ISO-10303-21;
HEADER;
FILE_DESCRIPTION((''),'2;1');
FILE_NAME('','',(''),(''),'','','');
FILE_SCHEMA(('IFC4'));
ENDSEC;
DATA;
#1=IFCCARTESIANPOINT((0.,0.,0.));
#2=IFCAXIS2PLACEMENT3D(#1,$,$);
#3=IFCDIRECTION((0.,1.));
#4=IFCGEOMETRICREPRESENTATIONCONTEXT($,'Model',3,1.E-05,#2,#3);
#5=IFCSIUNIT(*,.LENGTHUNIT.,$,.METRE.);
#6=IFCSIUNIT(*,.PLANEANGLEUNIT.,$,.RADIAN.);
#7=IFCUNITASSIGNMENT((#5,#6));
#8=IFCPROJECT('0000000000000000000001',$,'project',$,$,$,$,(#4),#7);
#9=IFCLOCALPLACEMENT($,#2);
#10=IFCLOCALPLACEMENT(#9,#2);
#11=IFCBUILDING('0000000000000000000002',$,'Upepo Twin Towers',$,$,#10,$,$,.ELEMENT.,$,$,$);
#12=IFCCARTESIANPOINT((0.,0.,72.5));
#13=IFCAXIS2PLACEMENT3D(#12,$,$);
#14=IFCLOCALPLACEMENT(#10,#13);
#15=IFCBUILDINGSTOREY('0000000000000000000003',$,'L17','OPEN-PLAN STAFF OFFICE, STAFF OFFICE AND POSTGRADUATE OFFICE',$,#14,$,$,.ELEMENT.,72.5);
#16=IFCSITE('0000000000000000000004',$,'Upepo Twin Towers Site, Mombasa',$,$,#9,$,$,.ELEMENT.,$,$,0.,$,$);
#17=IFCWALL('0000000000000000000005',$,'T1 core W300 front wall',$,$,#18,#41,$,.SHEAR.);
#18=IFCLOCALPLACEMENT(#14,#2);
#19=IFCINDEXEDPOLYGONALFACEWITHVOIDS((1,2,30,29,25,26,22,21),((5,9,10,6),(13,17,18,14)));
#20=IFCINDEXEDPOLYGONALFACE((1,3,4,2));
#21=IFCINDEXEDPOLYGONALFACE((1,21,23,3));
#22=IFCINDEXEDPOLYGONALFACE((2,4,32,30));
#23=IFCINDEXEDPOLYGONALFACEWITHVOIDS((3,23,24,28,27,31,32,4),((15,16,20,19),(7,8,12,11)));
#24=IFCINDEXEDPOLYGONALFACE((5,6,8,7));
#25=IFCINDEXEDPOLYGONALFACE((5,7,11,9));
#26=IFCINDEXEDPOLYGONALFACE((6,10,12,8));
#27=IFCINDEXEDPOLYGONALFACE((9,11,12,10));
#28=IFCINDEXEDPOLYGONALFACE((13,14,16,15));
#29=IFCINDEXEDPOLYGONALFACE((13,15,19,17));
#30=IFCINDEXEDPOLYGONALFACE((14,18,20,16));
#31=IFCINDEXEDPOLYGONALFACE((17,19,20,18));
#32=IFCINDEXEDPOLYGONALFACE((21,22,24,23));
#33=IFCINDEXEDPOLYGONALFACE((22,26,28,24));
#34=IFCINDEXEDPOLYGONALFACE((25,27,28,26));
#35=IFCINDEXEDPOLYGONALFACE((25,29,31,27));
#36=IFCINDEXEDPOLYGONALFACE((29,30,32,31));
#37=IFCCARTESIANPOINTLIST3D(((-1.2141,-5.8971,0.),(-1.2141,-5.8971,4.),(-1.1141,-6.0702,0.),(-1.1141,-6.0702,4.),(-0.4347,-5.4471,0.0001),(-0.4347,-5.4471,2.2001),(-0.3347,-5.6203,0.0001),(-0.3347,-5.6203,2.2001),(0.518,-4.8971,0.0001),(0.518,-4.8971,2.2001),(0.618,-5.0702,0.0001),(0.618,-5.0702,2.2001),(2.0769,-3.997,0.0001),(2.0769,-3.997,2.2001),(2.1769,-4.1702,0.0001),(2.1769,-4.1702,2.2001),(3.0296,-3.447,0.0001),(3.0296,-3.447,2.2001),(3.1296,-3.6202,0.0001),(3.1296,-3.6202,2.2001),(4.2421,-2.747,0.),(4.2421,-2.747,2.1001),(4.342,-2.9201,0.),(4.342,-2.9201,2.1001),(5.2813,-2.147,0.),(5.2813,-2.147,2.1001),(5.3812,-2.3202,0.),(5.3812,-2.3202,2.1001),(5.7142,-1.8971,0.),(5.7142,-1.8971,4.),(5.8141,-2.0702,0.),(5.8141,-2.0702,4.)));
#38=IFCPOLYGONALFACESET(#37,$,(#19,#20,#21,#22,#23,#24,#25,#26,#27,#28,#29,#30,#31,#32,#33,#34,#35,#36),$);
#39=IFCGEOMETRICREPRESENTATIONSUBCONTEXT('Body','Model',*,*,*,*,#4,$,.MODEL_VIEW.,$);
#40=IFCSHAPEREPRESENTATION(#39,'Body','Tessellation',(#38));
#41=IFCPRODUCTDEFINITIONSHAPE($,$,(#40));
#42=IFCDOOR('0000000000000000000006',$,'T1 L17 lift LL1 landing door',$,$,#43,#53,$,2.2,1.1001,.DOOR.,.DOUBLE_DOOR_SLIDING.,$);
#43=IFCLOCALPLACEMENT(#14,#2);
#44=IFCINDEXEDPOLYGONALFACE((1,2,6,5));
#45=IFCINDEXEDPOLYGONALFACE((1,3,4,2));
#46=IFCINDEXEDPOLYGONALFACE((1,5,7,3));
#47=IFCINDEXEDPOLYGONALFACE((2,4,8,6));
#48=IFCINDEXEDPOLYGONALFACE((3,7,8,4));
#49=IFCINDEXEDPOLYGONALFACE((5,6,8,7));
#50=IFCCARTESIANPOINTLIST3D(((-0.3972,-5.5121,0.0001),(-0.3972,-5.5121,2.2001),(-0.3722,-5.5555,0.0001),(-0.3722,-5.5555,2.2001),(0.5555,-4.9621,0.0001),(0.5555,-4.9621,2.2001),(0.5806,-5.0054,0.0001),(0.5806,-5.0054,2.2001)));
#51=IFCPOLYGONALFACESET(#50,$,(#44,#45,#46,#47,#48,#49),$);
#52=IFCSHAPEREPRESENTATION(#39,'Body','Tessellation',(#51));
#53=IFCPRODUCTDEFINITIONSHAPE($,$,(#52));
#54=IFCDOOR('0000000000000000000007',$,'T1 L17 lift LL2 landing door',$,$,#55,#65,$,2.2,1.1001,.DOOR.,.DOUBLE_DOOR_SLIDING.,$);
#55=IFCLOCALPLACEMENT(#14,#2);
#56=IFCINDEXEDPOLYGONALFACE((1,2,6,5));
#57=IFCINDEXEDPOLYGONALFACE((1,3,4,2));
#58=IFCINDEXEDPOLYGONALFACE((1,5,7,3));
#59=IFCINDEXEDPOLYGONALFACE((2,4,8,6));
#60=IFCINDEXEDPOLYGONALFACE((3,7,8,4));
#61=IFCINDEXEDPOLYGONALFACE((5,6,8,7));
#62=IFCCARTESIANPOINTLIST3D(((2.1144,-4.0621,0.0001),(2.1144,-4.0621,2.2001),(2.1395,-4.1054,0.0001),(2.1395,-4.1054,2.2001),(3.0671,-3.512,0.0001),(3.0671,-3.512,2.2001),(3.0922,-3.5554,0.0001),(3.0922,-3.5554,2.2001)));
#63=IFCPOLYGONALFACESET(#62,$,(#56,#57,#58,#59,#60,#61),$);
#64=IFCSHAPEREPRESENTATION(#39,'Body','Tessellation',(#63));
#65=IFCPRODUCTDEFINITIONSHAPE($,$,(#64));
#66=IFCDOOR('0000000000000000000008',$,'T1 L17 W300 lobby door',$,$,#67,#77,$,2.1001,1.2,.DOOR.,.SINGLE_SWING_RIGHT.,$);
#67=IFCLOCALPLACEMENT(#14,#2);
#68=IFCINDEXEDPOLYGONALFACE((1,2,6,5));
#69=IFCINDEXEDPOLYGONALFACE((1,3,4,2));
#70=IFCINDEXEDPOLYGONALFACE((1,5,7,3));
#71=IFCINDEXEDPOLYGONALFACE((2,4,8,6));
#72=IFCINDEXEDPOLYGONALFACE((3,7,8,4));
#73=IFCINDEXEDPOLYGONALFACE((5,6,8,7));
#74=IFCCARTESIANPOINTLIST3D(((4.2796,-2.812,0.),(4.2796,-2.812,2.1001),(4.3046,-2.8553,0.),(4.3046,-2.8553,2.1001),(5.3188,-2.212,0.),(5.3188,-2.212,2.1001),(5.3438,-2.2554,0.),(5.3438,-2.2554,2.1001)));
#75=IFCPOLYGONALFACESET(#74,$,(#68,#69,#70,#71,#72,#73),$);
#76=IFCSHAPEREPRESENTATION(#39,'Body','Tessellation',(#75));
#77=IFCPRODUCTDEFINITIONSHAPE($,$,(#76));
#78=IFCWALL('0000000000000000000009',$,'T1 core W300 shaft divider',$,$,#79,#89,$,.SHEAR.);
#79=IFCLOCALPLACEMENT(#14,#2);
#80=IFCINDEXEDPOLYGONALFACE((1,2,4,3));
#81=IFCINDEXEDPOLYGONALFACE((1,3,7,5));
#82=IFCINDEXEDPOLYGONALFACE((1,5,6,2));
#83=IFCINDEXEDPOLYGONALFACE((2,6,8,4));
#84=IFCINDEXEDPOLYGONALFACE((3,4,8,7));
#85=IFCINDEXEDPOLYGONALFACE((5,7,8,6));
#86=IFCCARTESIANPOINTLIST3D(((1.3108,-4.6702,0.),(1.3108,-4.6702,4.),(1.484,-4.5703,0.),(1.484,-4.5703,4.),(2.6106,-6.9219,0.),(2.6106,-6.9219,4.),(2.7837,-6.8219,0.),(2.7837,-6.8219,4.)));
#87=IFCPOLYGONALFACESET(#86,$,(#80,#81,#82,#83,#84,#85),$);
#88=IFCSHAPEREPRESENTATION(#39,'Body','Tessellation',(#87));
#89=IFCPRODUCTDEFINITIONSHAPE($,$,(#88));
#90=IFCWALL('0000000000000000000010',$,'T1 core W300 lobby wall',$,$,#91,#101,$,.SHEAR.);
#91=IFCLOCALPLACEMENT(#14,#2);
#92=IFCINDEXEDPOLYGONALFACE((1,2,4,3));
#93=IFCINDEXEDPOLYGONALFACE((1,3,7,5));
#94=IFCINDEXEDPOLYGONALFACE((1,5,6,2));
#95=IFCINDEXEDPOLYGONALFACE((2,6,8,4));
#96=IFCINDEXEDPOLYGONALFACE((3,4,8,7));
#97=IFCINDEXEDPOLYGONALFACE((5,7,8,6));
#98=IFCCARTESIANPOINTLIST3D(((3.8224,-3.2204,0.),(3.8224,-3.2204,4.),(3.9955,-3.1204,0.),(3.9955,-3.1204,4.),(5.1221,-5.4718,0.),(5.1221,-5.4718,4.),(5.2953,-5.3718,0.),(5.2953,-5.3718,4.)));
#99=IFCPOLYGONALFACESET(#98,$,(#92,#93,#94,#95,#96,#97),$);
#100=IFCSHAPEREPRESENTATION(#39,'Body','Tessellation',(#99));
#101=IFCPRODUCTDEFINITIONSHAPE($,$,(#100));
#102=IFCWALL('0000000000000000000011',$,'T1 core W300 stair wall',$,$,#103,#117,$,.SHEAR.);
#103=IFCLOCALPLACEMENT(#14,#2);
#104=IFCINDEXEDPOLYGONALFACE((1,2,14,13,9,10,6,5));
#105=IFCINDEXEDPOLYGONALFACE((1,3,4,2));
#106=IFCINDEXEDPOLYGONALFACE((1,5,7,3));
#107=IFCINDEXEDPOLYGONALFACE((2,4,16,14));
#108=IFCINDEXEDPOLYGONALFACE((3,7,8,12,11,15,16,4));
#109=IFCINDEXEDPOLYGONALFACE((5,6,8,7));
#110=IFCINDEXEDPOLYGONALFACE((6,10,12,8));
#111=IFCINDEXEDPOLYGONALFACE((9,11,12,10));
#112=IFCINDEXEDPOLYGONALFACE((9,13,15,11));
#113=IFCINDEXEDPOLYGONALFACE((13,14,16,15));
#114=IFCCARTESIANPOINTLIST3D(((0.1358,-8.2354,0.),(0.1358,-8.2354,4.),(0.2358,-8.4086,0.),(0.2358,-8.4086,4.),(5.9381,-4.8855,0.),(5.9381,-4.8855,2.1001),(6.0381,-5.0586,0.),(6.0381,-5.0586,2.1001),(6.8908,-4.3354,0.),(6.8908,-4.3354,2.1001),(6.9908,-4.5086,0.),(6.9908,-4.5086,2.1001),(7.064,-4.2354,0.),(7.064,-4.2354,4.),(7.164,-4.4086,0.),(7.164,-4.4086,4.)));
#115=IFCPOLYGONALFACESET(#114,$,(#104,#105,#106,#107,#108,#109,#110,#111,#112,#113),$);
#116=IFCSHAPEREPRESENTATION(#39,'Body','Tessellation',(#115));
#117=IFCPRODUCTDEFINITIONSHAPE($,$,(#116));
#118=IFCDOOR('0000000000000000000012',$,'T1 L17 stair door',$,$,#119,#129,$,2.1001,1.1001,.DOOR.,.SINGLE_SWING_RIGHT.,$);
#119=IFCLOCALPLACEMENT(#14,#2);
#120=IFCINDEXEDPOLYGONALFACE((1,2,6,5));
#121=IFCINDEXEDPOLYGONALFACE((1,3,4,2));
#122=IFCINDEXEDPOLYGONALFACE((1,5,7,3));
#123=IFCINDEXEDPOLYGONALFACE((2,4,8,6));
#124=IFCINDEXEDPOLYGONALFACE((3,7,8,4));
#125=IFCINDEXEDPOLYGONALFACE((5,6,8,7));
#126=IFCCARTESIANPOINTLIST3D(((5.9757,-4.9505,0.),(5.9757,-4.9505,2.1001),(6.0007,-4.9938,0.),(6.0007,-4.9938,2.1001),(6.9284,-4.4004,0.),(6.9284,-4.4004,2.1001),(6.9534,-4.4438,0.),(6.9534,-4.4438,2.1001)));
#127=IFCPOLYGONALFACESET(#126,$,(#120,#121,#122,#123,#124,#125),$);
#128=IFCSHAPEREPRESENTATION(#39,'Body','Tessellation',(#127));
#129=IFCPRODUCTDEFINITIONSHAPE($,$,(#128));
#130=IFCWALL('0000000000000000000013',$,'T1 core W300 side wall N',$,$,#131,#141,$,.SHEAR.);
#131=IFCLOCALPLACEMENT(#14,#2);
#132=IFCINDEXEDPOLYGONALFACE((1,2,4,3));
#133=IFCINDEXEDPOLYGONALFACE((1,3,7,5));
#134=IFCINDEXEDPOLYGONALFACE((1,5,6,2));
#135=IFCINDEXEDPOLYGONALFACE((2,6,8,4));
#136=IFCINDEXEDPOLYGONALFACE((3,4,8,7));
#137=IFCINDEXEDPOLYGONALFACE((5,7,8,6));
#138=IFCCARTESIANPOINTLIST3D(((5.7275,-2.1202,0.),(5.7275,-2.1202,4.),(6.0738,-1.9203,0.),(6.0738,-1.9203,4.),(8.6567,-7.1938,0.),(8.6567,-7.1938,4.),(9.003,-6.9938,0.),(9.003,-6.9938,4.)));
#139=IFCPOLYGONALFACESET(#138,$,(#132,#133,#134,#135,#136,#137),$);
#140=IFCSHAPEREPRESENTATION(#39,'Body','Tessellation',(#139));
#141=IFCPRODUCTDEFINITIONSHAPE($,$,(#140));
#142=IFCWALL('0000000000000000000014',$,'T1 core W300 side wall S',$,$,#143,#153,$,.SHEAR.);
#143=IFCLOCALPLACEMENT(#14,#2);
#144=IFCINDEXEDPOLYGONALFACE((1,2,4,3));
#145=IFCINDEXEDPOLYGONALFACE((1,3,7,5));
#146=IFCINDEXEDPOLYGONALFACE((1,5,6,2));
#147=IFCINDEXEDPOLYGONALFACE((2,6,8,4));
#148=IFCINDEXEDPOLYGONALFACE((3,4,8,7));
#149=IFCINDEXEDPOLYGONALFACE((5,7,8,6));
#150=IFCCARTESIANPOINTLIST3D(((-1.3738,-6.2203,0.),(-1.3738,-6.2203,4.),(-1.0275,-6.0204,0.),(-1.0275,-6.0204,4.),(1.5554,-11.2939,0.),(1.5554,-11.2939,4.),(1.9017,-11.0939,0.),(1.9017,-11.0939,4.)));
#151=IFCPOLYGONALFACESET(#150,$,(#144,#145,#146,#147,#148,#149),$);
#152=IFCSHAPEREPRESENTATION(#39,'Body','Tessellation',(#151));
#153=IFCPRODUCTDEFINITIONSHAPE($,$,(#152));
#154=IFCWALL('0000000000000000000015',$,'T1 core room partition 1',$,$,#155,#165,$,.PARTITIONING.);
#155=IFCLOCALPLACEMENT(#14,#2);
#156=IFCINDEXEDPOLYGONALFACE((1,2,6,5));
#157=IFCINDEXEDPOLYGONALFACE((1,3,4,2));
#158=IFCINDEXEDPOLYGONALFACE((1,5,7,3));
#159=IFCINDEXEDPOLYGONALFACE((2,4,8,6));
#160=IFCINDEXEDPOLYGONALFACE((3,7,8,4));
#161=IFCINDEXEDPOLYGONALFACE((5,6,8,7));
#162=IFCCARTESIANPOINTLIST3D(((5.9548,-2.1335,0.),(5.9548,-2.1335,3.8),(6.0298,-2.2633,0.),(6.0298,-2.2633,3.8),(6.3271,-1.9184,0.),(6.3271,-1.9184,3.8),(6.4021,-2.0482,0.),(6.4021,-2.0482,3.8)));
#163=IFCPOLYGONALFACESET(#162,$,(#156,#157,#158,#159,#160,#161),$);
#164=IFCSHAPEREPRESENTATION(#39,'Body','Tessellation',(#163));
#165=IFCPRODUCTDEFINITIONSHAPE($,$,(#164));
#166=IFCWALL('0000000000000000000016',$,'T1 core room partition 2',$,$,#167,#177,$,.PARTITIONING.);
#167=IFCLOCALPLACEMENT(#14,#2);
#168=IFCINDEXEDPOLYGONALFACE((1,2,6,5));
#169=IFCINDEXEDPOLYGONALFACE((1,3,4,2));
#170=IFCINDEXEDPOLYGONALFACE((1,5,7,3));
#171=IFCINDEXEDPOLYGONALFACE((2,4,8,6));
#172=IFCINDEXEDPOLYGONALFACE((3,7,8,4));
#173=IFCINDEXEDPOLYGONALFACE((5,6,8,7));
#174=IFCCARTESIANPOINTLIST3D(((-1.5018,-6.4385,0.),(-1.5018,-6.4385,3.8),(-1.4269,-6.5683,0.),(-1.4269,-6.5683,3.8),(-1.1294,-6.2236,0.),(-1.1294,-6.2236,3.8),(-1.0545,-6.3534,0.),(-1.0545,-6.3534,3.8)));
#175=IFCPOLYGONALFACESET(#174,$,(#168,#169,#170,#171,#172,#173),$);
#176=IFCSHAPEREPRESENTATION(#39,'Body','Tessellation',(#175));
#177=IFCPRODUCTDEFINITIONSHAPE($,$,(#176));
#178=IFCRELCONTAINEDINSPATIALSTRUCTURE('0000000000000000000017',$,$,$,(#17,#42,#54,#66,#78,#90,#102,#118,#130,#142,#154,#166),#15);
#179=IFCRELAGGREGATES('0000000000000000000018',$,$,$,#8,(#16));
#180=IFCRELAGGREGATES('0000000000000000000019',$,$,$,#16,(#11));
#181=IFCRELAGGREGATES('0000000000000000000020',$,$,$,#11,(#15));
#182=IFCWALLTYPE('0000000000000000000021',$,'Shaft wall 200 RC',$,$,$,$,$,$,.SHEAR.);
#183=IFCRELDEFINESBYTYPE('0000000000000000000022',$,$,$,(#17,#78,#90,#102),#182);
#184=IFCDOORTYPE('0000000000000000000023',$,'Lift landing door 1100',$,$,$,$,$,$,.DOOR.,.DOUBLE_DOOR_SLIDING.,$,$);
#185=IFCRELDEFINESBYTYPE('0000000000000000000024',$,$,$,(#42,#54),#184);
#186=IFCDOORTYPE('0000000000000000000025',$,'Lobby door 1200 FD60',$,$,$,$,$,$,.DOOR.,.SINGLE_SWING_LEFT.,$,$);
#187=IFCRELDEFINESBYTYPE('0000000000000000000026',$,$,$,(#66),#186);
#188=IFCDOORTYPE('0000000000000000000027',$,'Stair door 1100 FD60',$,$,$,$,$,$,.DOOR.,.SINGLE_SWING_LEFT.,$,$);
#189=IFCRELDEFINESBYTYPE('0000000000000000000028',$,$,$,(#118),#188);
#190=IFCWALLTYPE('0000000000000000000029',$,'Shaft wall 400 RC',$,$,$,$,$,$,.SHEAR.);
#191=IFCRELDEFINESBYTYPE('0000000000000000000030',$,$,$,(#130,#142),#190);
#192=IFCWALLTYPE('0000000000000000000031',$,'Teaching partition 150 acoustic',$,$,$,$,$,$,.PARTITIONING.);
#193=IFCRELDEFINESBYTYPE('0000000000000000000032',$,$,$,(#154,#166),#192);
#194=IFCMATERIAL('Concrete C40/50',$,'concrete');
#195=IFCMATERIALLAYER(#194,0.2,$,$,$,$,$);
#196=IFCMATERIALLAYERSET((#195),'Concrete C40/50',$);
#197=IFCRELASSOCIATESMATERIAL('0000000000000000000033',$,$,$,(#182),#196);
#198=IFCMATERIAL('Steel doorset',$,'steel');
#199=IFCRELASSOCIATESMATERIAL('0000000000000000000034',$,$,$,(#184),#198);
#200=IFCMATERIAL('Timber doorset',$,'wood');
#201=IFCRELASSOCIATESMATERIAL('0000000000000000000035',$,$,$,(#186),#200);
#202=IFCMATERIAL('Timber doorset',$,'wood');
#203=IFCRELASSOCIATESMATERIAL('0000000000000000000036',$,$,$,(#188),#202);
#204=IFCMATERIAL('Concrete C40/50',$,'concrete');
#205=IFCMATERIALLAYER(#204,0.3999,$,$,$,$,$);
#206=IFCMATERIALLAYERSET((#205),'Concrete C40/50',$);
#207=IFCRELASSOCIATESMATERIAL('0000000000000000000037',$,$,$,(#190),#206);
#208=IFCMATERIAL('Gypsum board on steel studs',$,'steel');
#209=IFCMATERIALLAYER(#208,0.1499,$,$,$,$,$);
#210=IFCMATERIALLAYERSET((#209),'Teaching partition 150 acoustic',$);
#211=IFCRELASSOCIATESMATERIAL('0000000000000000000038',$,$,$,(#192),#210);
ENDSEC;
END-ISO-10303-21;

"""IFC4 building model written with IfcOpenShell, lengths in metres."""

from ifc_helpers import new_model, si_unit, direction, frame, frame_2d, origin, place, context, subcontext, project, spatial, rectangle, extrude, material, layer, layer_set, type_object, element, fill, save


model = new_model("IFC4")

# Units and contexts
model_context = context("Model", 3, precision=1e-05, world=origin(), true_north=direction((0.0, 1.0)))
body_context = subcontext(model_context, "Body", "Model", "MODEL_VIEW")
ifc_project = project(units=[si_unit("LENGTHUNIT", "METRE"), si_unit("PLANEANGLEUNIT", "RADIAN")], contexts=[model_context])

# Site, building, storey
site_placement = place(None, origin())
site = spatial("IfcSite", under=ifc_project, at=site_placement, Name="Upepo Twin Towers Site, Mombasa", CompositionType="ELEMENT", RefElevation=0.0)
building_placement = place(site_placement, origin())
building = spatial("IfcBuilding", under=site, at=building_placement, Name="Upepo Twin Towers", CompositionType="ELEMENT")
storey_placement = place(building_placement, frame((0.0, 0.0, 72.5)))
storey = spatial("IfcBuildingStorey", under=building, at=storey_placement, Name="L17", Description="OPEN-PLAN STAFF OFFICE, STAFF OFFICE AND POSTGRADUATE OFFICE", CompositionType="ELEMENT", Elevation=72.5)

# Wall, openings, doors
ifc_material_1 = material(Name="Concrete C40/50", Category="concrete")
ifc_layer_1 = layer(ifc_material_1, 0.2)
ifc_layer_set_1 = layer_set([ifc_layer_1], Name="Concrete C40/50")
wall_type_1 = type_object("IfcWallType", Name="Shaft wall 200 RC", PredefinedType="SHEAR", material=ifc_layer_set_1)
wall_1_placement = place(storey_placement, frame((-1.1641, -5.9836, 0.0), z_axis=(0.0, 0.0, 1.0), x_axis=(0.866026, 0.499999, 0.0)))
wall_1 = element("IfcWall", 1, at=wall_1_placement, inside=storey, type_object=wall_type_1, Name="T1 core W300 front wall", PredefinedType="SHEAR", context=body_context, shape_type="SweptSolid", body=[
    extrude(rectangle(XDim=8.0, YDim=0.2, at=frame_2d((4.0, 0.0))), origin(), (0.0, 0.0, 1.0), 4.0),
])
opening_1_placement = place(wall_1_placement, frame((6.3, 0.0, 0.0)))
opening_1 = element("IfcOpeningElement", 2, at=opening_1_placement, cuts=wall_1, PredefinedType="OPENING", context=body_context, shape_type="SweptSolid", body=[
    extrude(rectangle(XDim=1.2, YDim=2.1001, at=frame_2d((0.6001, 1.05))), frame((0.0, 0.1099, 0.0), z_axis=(0.0, -1.0, 0.0), x_axis=(1.0, 0.0, 0.0)), (0.0, 0.0, 1.0), 0.22),
])
opening_2_placement = place(wall_1_placement, frame((0.8999, 0.0, 0.0)))
opening_2 = element("IfcOpeningElement", 3, at=opening_2_placement, cuts=wall_1, PredefinedType="OPENING", context=body_context, shape_type="SweptSolid", body=[
    extrude(rectangle(XDim=1.1001, YDim=2.2, at=frame_2d((0.55, 1.1001))), frame((0.0, 0.1099, 0.0), z_axis=(0.0, -1.0, 0.0), x_axis=(1.0, 0.0, 0.0)), (0.0, 0.0, 1.0), 0.22),
])
opening_3_placement = place(wall_1_placement, frame((3.8, 0.0, 0.0)))
opening_3 = element("IfcOpeningElement", 4, at=opening_3_placement, cuts=wall_1, PredefinedType="OPENING", context=body_context, shape_type="SweptSolid", body=[
    extrude(rectangle(XDim=1.1001, YDim=2.2, at=frame_2d((0.55, 1.1001))), frame((0.0, 0.1099, 0.0), z_axis=(0.0, -1.0, 0.0), x_axis=(1.0, 0.0, 0.0)), (0.0, 0.0, 1.0), 0.22),
])
ifc_material_2 = material(Name="Steel doorset", Category="steel")
door_type_1 = type_object("IfcDoorType", Name="Lift landing door 1100", OperationType="DOUBLE_DOOR_SLIDING", PredefinedType="DOOR", material=ifc_material_2)
door_1_placement = place(opening_2_placement, origin())
door_1 = element("IfcDoor", 5, at=door_1_placement, inside=storey, type_object=door_type_1, Name="T1 L17 lift LL1 landing door", OperationType="DOUBLE_DOOR_SLIDING", OverallHeight=2.2, OverallWidth=1.1001, PredefinedType="DOOR", context=body_context, shape_type="SweptSolid", body=[
    extrude(rectangle(XDim=1.1001, YDim=2.2, at=frame_2d((0.55, 1.1001))), frame((0.0, 0.0249, 0.0), z_axis=(0.0, -1.0, 0.0), x_axis=(1.0, 0.0, 0.0)), (0.0, 0.0, 1.0), 0.05),
])
fill(opening_2, door_1)
door_2_placement = place(opening_3_placement, origin())
door_2 = element("IfcDoor", 6, at=door_2_placement, inside=storey, type_object=door_type_1, Name="T1 L17 lift LL2 landing door", OperationType="DOUBLE_DOOR_SLIDING", OverallHeight=2.2, OverallWidth=1.1001, PredefinedType="DOOR", context=body_context, shape_type="SweptSolid", body=[
    extrude(rectangle(XDim=1.1001, YDim=2.2, at=frame_2d((0.55, 1.1001))), frame((0.0, 0.0249, 0.0), z_axis=(0.0, -1.0, 0.0), x_axis=(1.0, 0.0, 0.0)), (0.0, 0.0, 1.0), 0.05),
])
fill(opening_3, door_2)
ifc_material_3 = material(Name="Timber doorset", Category="wood")
door_type_2 = type_object("IfcDoorType", Name="Lobby door 1200 FD60", OperationType="SINGLE_SWING_LEFT", PredefinedType="DOOR", material=ifc_material_3)
door_3_placement = place(opening_1_placement, origin())
door_3 = element("IfcDoor", 7, at=door_3_placement, inside=storey, type_object=door_type_2, Name="T1 L17 W300 lobby door", OperationType="SINGLE_SWING_RIGHT", OverallHeight=2.1001, OverallWidth=1.2, PredefinedType="DOOR", context=body_context, shape_type="SweptSolid", body=[
    extrude(rectangle(XDim=1.2, YDim=2.1001, at=frame_2d((0.6001, 1.05))), frame((0.0, 0.0249, 0.0), z_axis=(0.0, -1.0, 0.0), x_axis=(1.0, 0.0, 0.0)), (0.0, 0.0, 1.0), 0.05),
])
fill(opening_1, door_3)

# Walls
wall_2_placement = place(storey_placement, frame((1.3975, -4.6204, 0.0), z_axis=(0.0, 0.0, 1.0), x_axis=(0.499937, -0.866062, 0.0)))
element("IfcWall", 8, at=wall_2_placement, inside=storey, type_object=wall_type_1, Name="T1 core W300 shaft divider", PredefinedType="SHEAR", context=body_context, shape_type="SweptSolid", body=[
    extrude(rectangle(XDim=2.5999, YDim=0.2, at=frame_2d((1.2998, 0.0))), origin(), (0.0, 0.0, 1.0), 4.0),
])
wall_3_placement = place(storey_placement, frame((3.9089, -3.1704, 0.0), z_axis=(0.0, 0.0, 1.0), x_axis=(0.499977, -0.866039, 0.0)))
element("IfcWall", 9, at=wall_3_placement, inside=storey, type_object=wall_type_1, Name="T1 core W300 lobby wall", PredefinedType="SHEAR", context=body_context, shape_type="SweptSolid", body=[
    extrude(rectangle(XDim=2.5996, YDim=0.2, at=frame_2d((1.2998, 0.0))), origin(), (0.0, 0.0, 1.0), 4.0),
])

# Wall, opening, door
wall_4_placement = place(storey_placement, frame((0.1858, -8.322, 0.0), z_axis=(0.0, 0.0, 1.0), x_axis=(0.866026, 0.499999, 0.0)))
wall_4 = element("IfcWall", 10, at=wall_4_placement, inside=storey, type_object=wall_type_1, Name="T1 core W300 stair wall", PredefinedType="SHEAR", context=body_context, shape_type="SweptSolid", body=[
    extrude(rectangle(XDim=8.0, YDim=0.2, at=frame_2d((4.0, 0.0))), origin(), (0.0, 0.0, 1.0), 4.0),
])
opening_4_placement = place(wall_4_placement, frame((6.7, 0.0, 0.0)))
opening_4 = element("IfcOpeningElement", 11, at=opening_4_placement, cuts=wall_4, PredefinedType="OPENING", context=body_context, shape_type="SweptSolid", body=[
    extrude(rectangle(XDim=1.1001, YDim=2.1001, at=frame_2d((0.55, 1.05))), frame((0.0, 0.1099, 0.0), z_axis=(0.0, -1.0, 0.0), x_axis=(1.0, 0.0, 0.0)), (0.0, 0.0, 1.0), 0.22),
])
ifc_material_4 = material(Name="Timber doorset", Category="wood")
door_type_3 = type_object("IfcDoorType", Name="Stair door 1100 FD60", OperationType="SINGLE_SWING_LEFT", PredefinedType="DOOR", material=ifc_material_4)
door_4_placement = place(opening_4_placement, origin())
door_4 = element("IfcDoor", 12, at=door_4_placement, inside=storey, type_object=door_type_3, Name="T1 L17 stair door", OperationType="SINGLE_SWING_RIGHT", OverallHeight=2.1001, OverallWidth=1.1001, PredefinedType="DOOR", context=body_context, shape_type="SweptSolid", body=[
    extrude(rectangle(XDim=1.1001, YDim=2.1001, at=frame_2d((0.55, 1.05))), frame((0.0, 0.0249, 0.0), z_axis=(0.0, -1.0, 0.0), x_axis=(1.0, 0.0, 0.0)), (0.0, 0.0, 1.0), 0.05),
])
fill(opening_4, door_4)

# Walls
ifc_material_5 = material(Name="Concrete C40/50", Category="concrete")
ifc_layer_2 = layer(ifc_material_5, 0.3999)
ifc_layer_set_2 = layer_set([ifc_layer_2], Name="Concrete C40/50")
wall_type_2 = type_object("IfcWallType", Name="Shaft wall 400 RC", PredefinedType="SHEAR", material=ifc_layer_set_2)
for number, where, z_axis, x_axis, name in (
    (13, (5.9006, -2.0203, 0.0), (0.0, 0.0, 1.0), (0.500003, -0.866024, 0.0), "T1 core W300 side wall N"),
    (14, (-1.2007, -6.1204, 0.0), (0.0, 0.0, 1.0), (0.500003, -0.866024, 0.0), "T1 core W300 side wall S"),
):
    element("IfcWall", number, at=place(storey_placement, frame(where, z_axis=z_axis, x_axis=x_axis)), inside=storey, type_object=wall_type_2, Name=name, PredefinedType="SHEAR", context=body_context, shape_type="SweptSolid", body=[
        extrude(rectangle(XDim=5.8584, YDim=0.3999, at=frame_2d((2.9292, 0.0))), origin(), (0.0, 0.0, 1.0), 4.0),
    ])
ifc_material_6 = material(Name="Gypsum board on steel studs", Category="steel")
ifc_layer_3 = layer(ifc_material_6, 0.1499)
ifc_layer_set_3 = layer_set([ifc_layer_3], Name="Teaching partition 150 acoustic")
wall_type_3 = type_object("IfcWallType", Name="Teaching partition 150 acoustic", PredefinedType="PARTITIONING", material=ifc_layer_set_3)
for number, where, z_axis, x_axis, name in (
    (15, (6.3645, -1.9834, 0.0), (0.0, 0.0, 1.0), (-0.865892, -0.50023, 0.0), "T1 core room partition 1"),
    (16, (-1.092, -6.2886, 0.0), (0.0, 0.0, 1.0), (-0.866138, -0.499804, 0.0), "T1 core room partition 2"),
):
    element("IfcWall", number, at=place(storey_placement, frame(where, z_axis=z_axis, x_axis=x_axis)), inside=storey, type_object=wall_type_3, Name=name, PredefinedType="PARTITIONING", context=body_context, shape_type="SweptSolid", body=[
        extrude(rectangle(XDim=0.4299, YDim=0.1499, at=frame_2d((0.2148, 0.0))), origin(), (0.0, 0.0, 1.0), 3.8),
    ])

save(model, "model.ifc")
